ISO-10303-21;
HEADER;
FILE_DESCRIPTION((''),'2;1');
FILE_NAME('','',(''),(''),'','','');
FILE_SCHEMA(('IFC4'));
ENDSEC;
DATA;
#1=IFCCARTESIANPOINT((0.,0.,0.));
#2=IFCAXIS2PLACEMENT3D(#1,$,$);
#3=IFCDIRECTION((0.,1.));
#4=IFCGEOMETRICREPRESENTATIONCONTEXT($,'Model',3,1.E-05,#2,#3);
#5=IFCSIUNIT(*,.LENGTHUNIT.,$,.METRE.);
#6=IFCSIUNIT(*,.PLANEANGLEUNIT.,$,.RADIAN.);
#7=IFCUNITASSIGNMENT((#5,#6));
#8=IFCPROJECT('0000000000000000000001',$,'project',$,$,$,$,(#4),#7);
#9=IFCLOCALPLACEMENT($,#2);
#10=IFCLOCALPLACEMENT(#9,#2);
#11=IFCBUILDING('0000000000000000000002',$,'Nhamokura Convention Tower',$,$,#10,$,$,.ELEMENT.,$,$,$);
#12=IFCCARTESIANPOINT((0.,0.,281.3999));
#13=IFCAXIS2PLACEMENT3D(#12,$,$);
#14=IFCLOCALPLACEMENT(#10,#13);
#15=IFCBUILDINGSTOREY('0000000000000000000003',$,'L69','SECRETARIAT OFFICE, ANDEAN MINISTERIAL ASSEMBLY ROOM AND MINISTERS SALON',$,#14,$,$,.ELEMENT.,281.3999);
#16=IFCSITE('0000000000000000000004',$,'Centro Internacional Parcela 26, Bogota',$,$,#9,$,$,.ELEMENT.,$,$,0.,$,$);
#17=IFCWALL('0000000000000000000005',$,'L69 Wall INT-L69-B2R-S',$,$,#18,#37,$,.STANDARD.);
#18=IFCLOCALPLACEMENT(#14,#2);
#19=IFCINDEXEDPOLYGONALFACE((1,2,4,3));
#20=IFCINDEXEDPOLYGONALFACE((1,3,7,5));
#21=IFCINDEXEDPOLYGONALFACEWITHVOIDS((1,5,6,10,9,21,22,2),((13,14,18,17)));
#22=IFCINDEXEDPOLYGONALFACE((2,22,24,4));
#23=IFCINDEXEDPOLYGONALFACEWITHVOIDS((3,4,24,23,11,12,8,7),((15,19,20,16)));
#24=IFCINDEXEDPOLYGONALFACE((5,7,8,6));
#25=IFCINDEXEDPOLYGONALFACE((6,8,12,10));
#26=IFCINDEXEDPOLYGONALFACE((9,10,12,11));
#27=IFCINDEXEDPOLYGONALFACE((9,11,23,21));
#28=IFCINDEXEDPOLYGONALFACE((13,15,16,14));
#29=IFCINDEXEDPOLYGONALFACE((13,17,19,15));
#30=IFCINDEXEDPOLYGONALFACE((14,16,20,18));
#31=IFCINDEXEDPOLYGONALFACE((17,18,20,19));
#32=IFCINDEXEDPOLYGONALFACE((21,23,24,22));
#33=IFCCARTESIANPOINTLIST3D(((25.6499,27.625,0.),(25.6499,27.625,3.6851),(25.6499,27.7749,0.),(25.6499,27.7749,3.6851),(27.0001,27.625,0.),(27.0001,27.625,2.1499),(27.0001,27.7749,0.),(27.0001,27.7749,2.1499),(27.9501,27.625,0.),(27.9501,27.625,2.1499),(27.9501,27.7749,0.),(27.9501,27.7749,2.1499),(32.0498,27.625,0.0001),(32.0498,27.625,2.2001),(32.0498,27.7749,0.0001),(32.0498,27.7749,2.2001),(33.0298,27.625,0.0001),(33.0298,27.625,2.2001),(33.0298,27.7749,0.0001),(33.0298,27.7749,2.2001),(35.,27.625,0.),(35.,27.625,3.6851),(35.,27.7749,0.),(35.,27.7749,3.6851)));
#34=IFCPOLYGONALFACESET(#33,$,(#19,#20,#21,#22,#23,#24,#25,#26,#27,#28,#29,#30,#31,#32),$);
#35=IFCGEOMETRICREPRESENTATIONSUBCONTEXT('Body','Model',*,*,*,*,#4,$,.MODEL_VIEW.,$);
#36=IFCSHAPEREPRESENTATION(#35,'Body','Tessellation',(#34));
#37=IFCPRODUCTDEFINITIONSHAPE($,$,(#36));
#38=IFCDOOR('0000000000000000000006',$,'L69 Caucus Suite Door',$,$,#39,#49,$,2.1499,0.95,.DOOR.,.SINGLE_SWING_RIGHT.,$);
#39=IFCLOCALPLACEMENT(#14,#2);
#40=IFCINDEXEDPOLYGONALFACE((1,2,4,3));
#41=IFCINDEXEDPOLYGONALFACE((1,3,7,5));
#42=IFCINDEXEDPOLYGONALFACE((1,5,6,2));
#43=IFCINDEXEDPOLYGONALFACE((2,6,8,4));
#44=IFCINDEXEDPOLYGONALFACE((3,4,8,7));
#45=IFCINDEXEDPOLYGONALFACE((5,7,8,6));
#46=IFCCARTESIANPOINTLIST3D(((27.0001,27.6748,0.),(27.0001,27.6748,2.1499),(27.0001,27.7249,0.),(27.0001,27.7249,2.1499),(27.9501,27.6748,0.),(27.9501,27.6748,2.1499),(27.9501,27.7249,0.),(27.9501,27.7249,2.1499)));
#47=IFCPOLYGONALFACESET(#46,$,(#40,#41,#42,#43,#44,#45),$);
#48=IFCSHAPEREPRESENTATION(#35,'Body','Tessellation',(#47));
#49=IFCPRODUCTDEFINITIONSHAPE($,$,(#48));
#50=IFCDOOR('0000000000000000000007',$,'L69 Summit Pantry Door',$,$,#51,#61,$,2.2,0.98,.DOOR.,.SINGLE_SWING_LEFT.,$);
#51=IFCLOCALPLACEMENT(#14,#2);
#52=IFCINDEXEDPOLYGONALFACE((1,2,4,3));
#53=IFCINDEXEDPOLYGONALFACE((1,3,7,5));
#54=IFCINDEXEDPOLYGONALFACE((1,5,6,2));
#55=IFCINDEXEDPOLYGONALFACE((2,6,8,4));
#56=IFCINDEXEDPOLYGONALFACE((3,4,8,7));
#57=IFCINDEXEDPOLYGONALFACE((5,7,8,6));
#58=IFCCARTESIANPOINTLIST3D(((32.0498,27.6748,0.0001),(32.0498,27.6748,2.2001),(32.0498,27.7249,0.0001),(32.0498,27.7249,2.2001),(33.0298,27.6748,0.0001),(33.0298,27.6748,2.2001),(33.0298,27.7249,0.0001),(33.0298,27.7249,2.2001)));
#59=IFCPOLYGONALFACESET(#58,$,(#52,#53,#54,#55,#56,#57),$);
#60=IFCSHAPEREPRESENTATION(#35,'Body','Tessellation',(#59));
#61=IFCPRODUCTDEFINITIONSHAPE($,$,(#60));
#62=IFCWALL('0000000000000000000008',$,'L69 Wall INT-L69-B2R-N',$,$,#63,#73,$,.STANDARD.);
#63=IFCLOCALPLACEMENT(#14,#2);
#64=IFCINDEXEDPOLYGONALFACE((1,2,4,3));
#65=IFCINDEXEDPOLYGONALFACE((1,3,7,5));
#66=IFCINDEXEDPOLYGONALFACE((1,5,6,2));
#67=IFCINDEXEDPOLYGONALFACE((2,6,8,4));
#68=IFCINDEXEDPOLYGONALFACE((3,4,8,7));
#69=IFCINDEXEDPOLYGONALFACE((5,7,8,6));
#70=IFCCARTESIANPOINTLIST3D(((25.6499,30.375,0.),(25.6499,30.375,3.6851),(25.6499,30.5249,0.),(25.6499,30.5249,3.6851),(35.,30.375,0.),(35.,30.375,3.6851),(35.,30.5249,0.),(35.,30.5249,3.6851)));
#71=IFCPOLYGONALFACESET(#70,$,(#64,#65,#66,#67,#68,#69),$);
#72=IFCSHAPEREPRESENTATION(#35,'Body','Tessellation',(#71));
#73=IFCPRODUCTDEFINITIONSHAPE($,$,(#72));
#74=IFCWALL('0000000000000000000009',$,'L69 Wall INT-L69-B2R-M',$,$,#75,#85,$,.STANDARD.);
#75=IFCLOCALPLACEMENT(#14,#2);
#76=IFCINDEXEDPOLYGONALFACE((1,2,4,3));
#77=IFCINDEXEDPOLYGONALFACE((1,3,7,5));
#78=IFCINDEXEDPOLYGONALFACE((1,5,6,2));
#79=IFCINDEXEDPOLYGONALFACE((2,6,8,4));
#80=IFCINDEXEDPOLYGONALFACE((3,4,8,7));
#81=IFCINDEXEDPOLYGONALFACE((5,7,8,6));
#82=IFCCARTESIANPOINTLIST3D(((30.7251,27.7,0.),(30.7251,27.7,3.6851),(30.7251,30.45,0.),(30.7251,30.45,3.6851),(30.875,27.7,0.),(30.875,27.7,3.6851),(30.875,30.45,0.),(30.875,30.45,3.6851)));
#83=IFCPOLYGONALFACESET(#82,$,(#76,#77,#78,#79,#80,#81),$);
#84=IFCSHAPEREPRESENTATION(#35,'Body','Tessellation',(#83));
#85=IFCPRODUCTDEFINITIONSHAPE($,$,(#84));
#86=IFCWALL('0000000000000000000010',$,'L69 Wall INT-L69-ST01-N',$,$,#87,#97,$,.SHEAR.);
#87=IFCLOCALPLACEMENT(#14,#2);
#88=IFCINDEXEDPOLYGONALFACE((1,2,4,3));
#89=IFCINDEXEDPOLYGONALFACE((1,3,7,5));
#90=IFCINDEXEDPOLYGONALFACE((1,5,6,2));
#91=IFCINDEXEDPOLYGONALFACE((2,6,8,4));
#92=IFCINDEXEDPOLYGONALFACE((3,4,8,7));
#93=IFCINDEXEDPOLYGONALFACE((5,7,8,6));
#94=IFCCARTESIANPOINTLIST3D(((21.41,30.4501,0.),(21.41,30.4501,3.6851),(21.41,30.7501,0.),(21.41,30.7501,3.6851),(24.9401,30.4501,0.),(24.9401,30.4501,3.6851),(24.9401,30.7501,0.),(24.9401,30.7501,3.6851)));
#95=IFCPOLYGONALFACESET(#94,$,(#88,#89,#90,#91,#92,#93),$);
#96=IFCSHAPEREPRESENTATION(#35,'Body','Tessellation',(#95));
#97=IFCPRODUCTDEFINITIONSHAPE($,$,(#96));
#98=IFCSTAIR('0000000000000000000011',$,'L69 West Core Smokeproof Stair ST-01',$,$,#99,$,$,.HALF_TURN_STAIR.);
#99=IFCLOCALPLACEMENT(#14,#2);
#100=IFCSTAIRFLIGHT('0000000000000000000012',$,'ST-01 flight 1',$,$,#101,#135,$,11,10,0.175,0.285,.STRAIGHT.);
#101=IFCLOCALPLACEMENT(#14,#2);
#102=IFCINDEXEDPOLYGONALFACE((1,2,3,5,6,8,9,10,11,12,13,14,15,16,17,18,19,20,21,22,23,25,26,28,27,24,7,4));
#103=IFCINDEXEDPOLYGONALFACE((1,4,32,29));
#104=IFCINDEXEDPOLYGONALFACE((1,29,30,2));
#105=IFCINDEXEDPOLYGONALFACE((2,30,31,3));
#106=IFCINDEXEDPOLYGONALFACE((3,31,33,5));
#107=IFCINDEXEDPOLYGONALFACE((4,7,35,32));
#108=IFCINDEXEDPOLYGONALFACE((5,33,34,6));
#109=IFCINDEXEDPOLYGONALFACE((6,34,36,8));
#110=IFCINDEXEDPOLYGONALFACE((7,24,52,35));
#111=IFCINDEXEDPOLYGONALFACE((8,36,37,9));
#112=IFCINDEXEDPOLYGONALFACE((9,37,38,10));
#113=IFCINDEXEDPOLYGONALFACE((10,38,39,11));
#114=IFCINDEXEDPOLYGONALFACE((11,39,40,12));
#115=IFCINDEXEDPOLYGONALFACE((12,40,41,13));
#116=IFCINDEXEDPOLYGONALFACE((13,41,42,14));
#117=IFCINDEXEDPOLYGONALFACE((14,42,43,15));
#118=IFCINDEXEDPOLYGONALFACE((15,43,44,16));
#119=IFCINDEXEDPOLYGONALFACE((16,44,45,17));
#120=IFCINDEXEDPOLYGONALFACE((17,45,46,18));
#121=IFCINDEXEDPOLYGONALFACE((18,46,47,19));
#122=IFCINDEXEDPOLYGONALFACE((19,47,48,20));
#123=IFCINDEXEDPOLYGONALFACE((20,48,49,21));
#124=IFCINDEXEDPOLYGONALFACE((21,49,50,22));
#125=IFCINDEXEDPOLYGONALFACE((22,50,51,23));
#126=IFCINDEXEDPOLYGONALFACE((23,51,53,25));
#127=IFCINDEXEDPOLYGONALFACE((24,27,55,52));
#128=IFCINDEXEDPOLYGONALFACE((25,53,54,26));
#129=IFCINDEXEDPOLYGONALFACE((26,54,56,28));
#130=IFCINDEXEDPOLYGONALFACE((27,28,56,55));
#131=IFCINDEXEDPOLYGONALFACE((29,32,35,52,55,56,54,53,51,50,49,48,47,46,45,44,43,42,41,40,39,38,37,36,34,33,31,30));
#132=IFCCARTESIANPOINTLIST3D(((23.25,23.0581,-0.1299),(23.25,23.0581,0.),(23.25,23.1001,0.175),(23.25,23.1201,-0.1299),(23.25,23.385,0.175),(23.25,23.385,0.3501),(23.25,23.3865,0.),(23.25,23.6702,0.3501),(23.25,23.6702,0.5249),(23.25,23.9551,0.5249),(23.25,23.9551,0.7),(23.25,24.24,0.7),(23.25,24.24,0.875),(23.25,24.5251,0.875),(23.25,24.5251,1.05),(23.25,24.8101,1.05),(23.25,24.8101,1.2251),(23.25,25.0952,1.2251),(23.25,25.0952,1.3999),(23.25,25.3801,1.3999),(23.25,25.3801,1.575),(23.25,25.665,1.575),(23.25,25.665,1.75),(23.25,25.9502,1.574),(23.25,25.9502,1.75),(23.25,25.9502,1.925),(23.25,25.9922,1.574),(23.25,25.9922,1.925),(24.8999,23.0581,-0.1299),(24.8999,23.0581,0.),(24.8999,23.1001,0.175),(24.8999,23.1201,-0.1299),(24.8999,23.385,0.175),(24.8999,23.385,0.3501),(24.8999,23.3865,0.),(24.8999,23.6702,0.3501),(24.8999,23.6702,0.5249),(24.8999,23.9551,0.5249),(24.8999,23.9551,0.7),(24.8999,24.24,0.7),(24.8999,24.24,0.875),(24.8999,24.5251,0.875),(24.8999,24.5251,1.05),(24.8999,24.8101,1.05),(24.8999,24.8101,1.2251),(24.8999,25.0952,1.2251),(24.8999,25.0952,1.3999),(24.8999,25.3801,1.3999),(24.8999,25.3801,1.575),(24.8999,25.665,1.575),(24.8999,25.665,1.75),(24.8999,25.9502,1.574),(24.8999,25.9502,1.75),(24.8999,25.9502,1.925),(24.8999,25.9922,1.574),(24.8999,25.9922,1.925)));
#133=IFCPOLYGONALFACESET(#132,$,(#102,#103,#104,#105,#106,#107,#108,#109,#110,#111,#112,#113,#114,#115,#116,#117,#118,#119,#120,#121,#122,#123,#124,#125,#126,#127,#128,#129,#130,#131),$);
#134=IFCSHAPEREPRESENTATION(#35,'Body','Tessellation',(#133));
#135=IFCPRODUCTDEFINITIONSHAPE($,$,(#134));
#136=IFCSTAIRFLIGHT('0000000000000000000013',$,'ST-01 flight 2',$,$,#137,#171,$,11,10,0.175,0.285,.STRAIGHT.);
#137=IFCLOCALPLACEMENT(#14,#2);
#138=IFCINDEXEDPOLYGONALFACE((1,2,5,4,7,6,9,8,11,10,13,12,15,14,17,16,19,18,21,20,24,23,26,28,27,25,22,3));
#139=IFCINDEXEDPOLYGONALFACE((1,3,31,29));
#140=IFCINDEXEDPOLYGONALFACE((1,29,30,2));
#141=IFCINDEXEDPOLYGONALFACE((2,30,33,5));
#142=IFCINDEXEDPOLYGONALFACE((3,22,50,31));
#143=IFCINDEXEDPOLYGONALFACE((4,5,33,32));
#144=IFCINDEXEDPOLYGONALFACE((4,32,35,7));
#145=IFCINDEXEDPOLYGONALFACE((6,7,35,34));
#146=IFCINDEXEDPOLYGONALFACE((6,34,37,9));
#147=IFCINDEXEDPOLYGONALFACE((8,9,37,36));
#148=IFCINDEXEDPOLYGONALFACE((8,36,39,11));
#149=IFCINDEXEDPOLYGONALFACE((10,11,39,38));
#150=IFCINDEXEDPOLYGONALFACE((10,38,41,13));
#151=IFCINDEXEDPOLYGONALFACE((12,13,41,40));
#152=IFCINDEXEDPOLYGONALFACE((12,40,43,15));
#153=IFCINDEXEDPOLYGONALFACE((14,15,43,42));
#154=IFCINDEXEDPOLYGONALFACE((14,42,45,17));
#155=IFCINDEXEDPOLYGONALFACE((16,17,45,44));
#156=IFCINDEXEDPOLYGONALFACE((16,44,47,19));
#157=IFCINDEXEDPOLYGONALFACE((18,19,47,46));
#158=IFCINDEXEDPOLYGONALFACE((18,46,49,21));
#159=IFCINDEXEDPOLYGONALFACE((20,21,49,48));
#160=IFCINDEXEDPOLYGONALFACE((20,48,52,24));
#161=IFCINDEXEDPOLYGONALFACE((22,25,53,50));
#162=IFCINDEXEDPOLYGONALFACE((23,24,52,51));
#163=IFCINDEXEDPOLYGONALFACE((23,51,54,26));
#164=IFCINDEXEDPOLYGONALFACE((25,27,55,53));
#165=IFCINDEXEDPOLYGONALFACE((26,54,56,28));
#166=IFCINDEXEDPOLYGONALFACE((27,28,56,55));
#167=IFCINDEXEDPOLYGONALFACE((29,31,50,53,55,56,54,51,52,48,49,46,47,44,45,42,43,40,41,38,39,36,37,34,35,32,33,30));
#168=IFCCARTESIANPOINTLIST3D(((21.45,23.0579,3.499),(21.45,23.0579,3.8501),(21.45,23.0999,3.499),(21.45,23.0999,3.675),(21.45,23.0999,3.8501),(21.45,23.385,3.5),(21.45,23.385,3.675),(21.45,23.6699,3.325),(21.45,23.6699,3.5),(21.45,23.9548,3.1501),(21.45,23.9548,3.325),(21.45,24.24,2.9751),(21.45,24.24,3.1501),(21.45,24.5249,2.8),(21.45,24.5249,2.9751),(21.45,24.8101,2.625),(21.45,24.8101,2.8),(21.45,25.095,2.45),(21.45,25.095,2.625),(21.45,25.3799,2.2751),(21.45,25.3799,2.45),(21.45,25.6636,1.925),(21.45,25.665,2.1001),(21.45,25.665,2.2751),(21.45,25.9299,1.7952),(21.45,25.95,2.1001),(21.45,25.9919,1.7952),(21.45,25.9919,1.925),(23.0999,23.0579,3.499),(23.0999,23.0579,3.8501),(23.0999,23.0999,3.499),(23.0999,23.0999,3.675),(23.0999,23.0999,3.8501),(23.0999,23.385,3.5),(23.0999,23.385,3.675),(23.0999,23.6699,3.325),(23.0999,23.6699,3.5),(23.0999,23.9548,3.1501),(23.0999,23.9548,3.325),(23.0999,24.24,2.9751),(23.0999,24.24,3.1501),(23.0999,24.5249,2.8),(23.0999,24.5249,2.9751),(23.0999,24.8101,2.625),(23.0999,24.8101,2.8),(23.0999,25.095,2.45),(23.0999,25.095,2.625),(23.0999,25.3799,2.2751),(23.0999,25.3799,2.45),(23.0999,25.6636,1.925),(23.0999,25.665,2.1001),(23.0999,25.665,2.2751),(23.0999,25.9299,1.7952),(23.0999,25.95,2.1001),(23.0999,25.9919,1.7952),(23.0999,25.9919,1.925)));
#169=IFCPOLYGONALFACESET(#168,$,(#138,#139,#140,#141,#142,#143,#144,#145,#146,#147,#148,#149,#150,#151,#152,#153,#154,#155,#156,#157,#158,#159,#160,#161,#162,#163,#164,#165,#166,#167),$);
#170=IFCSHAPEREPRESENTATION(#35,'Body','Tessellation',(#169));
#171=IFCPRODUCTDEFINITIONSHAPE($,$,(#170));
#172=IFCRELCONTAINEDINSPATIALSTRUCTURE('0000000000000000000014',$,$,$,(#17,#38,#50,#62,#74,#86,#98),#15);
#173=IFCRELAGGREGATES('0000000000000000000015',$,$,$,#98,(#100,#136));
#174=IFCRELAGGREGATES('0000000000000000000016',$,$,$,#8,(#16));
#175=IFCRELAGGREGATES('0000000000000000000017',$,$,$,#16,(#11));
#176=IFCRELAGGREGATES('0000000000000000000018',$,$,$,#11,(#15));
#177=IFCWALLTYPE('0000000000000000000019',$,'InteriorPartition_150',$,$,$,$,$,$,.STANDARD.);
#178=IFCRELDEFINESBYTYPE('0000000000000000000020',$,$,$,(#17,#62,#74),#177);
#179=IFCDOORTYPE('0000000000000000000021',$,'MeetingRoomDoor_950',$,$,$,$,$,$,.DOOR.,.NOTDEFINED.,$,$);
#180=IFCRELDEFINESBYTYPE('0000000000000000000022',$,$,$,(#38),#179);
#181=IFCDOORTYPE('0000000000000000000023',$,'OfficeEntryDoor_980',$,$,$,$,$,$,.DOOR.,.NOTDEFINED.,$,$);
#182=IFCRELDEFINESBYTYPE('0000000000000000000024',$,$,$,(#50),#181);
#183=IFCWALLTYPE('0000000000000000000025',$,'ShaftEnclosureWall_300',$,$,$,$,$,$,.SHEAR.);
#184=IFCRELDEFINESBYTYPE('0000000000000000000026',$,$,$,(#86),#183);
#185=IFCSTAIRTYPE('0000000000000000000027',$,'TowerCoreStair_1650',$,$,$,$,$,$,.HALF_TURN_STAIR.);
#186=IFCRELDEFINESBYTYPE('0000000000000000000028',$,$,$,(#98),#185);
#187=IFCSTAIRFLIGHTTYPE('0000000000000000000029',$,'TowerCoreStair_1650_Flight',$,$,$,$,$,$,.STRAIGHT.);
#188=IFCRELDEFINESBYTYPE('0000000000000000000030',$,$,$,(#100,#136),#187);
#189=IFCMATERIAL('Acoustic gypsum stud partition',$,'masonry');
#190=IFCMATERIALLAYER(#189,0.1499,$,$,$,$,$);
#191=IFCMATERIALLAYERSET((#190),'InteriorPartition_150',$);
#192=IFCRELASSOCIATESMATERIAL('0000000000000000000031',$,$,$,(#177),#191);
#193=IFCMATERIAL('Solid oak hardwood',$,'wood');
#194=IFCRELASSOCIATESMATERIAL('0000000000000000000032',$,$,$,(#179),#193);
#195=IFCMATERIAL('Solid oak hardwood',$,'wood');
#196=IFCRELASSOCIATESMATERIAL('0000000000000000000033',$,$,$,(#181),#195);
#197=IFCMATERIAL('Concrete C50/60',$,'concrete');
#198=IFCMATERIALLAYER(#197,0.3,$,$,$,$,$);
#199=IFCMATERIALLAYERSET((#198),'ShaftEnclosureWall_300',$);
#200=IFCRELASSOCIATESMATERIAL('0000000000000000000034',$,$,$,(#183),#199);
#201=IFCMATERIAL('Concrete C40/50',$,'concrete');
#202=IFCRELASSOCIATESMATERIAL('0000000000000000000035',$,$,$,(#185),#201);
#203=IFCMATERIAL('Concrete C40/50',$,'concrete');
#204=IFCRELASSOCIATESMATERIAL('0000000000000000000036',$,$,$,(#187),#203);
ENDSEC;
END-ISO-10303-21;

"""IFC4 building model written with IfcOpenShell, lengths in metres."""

from ifc_helpers import new_model, si_unit, direction, frame, frame_2d, origin, place, context, subcontext, project, spatial, polyline, rectangle, outline, extrude, material, layer, layer_set, type_object, element, fill, aggregate, save


model = new_model("IFC4")

# Units and contexts
model_context = context("Model", 3, precision=1e-05, world=origin(), true_north=direction((0.0, 1.0)))
body_context = subcontext(model_context, "Body", "Model", "MODEL_VIEW")
ifc_project = project(units=[si_unit("LENGTHUNIT", "METRE"), si_unit("PLANEANGLEUNIT", "RADIAN")], contexts=[model_context])

# Site, building, storey
site_placement = place(None, origin())
site = spatial("IfcSite", under=ifc_project, at=site_placement, Name="Centro Internacional Parcela 26, Bogota", CompositionType="ELEMENT", RefElevation=0.0)
building_placement = place(site_placement, origin())
building = spatial("IfcBuilding", under=site, at=building_placement, Name="Nhamokura Convention Tower", CompositionType="ELEMENT")
storey_placement = place(building_placement, frame((0.0, 0.0, 281.3999)))
storey = spatial("IfcBuildingStorey", under=building, at=storey_placement, Name="L69", Description="SECRETARIAT OFFICE, ANDEAN MINISTERIAL ASSEMBLY ROOM AND MINISTERS SALON", CompositionType="ELEMENT", Elevation=281.3999)

# Shared definitions
ifc_material_1 = material(Name="Acoustic gypsum stud partition", Category="masonry")
ifc_layer_1 = layer(ifc_material_1, 0.1499)
ifc_layer_set_1 = layer_set([ifc_layer_1], Name="InteriorPartition_150")
wall_type_1 = type_object("IfcWallType", Name="InteriorPartition_150", PredefinedType="STANDARD", material=ifc_layer_set_1)
ifc_material_2 = material(Name="Solid oak hardwood", Category="wood")
door_type_1 = type_object("IfcDoorType", Name="MeetingRoomDoor_950", OperationType="NOTDEFINED", PredefinedType="DOOR", material=ifc_material_2)

# Wall, openings, doors
wall_1_placement = place(storey_placement, frame((25.6499, 27.7, 0.0), z_axis=(0.0, 0.0, 1.0), x_axis=(1.0, 0.0, 0.0)))
wall_1 = element("IfcWall", 1, at=wall_1_placement, inside=storey, type_object=wall_type_1, Name="L69 Wall INT-L69-B2R-S", PredefinedType="STANDARD", context=body_context, shape_type="SweptSolid", body=[
    extrude(rectangle(XDim=9.3501, YDim=0.1499, at=frame_2d((4.675, 0.0))), origin(), (0.0, 0.0, 1.0), 3.6851),
])
opening_1_placement = place(wall_1_placement, frame((1.3501, 0.0, 0.0)))
opening_1 = element("IfcOpeningElement", 2, at=opening_1_placement, cuts=wall_1, PredefinedType="OPENING", context=body_context, shape_type="SweptSolid", body=[
    extrude(rectangle(XDim=0.95, YDim=2.1499, at=frame_2d((0.4751, 1.075))), frame((0.0, 0.085, 0.0), z_axis=(0.0, -1.0, 0.0), x_axis=(1.0, 0.0, 0.0)), (0.0, 0.0, 1.0), 0.1699),
])
opening_2_placement = place(wall_1_placement, frame((6.3999, 0.0, 0.0)))
opening_2 = element("IfcOpeningElement", 3, at=opening_2_placement, cuts=wall_1, PredefinedType="OPENING", context=body_context, shape_type="SweptSolid", body=[
    extrude(rectangle(XDim=0.98, YDim=2.2, at=frame_2d((0.49, 1.1001))), frame((0.0, 0.085, 0.0), z_axis=(0.0, -1.0, 0.0), x_axis=(1.0, 0.0, 0.0)), (0.0, 0.0, 1.0), 0.1699),
])
door_1_placement = place(opening_1_placement, origin())
door_1 = element("IfcDoor", 4, at=door_1_placement, inside=storey, type_object=door_type_1, Name="L69 Caucus Suite Door", OperationType="SINGLE_SWING_RIGHT", OverallHeight=2.1499, OverallWidth=0.95, PredefinedType="DOOR", context=body_context, shape_type="SweptSolid", body=[
    extrude(rectangle(XDim=0.95, YDim=2.1499, at=frame_2d((0.4751, 1.075))), frame((0.0, 0.0249, 0.0), z_axis=(0.0, -1.0, 0.0), x_axis=(1.0, 0.0, 0.0)), (0.0, 0.0, 1.0), 0.05),
])
fill(opening_1, door_1)
ifc_material_3 = material(Name="Solid oak hardwood", Category="wood")
door_type_2 = type_object("IfcDoorType", Name="OfficeEntryDoor_980", OperationType="NOTDEFINED", PredefinedType="DOOR", material=ifc_material_3)
door_2_placement = place(opening_2_placement, origin())
door_2 = element("IfcDoor", 5, at=door_2_placement, inside=storey, type_object=door_type_2, Name="L69 Summit Pantry Door", OperationType="SINGLE_SWING_LEFT", OverallHeight=2.2, OverallWidth=0.98, PredefinedType="DOOR", context=body_context, shape_type="SweptSolid", body=[
    extrude(rectangle(XDim=0.98, YDim=2.2, at=frame_2d((0.49, 1.1001))), frame((0.0, 0.0249, 0.0), z_axis=(0.0, -1.0, 0.0), x_axis=(1.0, 0.0, 0.0)), (0.0, 0.0, 1.0), 0.05),
])
fill(opening_2, door_2)

# Walls
wall_2_placement = place(storey_placement, frame((25.6499, 30.45, 0.0), z_axis=(0.0, 0.0, 1.0), x_axis=(1.0, 0.0, 0.0)))
element("IfcWall", 6, at=wall_2_placement, inside=storey, type_object=wall_type_1, Name="L69 Wall INT-L69-B2R-N", PredefinedType="STANDARD", context=body_context, shape_type="SweptSolid", body=[
    extrude(rectangle(XDim=9.3501, YDim=0.1499, at=frame_2d((4.675, 0.0))), origin(), (0.0, 0.0, 1.0), 3.6851),
])
wall_3_placement = place(storey_placement, frame((30.8, 27.7, 0.0), z_axis=(0.0, 0.0, 1.0), x_axis=(0.0, 1.0, 0.0)))
element("IfcWall", 7, at=wall_3_placement, inside=storey, type_object=wall_type_1, Name="L69 Wall INT-L69-B2R-M", PredefinedType="STANDARD", context=body_context, shape_type="SweptSolid", body=[
    extrude(rectangle(XDim=2.75, YDim=0.1499, at=frame_2d((1.375, 0.0))), origin(), (0.0, 0.0, 1.0), 3.6851),
])
ifc_material_4 = material(Name="Concrete C50/60", Category="concrete")
ifc_layer_2 = layer(ifc_material_4, 0.3)
ifc_layer_set_2 = layer_set([ifc_layer_2], Name="ShaftEnclosureWall_300")
wall_type_2 = type_object("IfcWallType", Name="ShaftEnclosureWall_300", PredefinedType="SHEAR", material=ifc_layer_set_2)
wall_4_placement = place(storey_placement, frame((21.4099, 30.6001, 0.0), z_axis=(0.0, 0.0, 1.0), x_axis=(1.0, 0.0, 0.0)))
element("IfcWall", 8, at=wall_4_placement, inside=storey, type_object=wall_type_2, Name="L69 Wall INT-L69-ST01-N", PredefinedType="SHEAR", context=body_context, shape_type="SweptSolid", body=[
    extrude(rectangle(XDim=3.53, YDim=0.3, at=frame_2d((1.7651, 0.0))), origin(), (0.0, 0.0, 1.0), 3.6851),
])

# Stair, stair flights
ifc_material_5 = material(Name="Concrete C40/50", Category="concrete")
stair_type = type_object("IfcStairType", Name="TowerCoreStair_1650", PredefinedType="HALF_TURN_STAIR", material=ifc_material_5)
stair_placement = place(storey_placement, origin())
stair = element("IfcStair", 9, at=stair_placement, inside=storey, type_object=stair_type, Name="L69 West Core Smokeproof Stair ST-01", PredefinedType="HALF_TURN_STAIR")
ifc_material_6 = material(Name="Concrete C40/50", Category="concrete")
stair_flight_type = type_object("IfcStairFlightType", Name="TowerCoreStair_1650_Flight", PredefinedType="STRAIGHT", material=ifc_material_6)
stair_flight_1_placement = place(storey_placement, frame((24.075, 23.1001, 0.0), z_axis=(0.0, 0.0, 1.0), x_axis=(0.0, 1.0, 0.0)))
stair_flight_1 = element("IfcStairFlight", 10, at=stair_flight_1_placement, type_object=stair_flight_type, Name="ST-01 flight 1", NumberOfRisers=11, NumberOfTreads=10, PredefinedType="STRAIGHT", RiserHeight=0.175, TreadLength=0.285, context=body_context, shape_type="SweptSolid", body=[
    extrude(outline(polyline([(-0.042, 0.0), (0.0, 0.175), (0.2849, 0.175), (0.2849, 0.3501), (0.5701, 0.3501), (0.5701, 0.5249), (0.855, 0.5249), (0.855, 0.7), (1.1399, 0.7), (1.1399, 0.875), (1.425, 0.875), (1.425, 1.05), (1.71, 1.05), (1.71, 1.2251), (1.9951, 1.2251), (1.9951, 1.3999), (2.28, 1.3999), (2.28, 1.575), (2.5649, 1.575), (2.5649, 1.75), (2.8501, 1.75), (2.8501, 1.925), (2.8921, 1.925), (2.8921, 1.574), (2.8501, 1.574), (0.2864, 0.0), (0.02, -0.1299), (-0.042, -0.1299), (-0.042, 0.0)])), frame((0.0, 0.825, 0.0), z_axis=(0.0, -1.0, 0.0), x_axis=(1.0, 0.0, 0.0)), (0.0, 0.0, 1.0), 1.6499),
])
stair_flight_2_placement = place(storey_placement, frame((22.2749, 25.95, 1.925), z_axis=(0.0, 0.0, 1.0), x_axis=(0.0, -1.0, 0.0)))
stair_flight_2 = element("IfcStairFlight", 11, at=stair_flight_2_placement, type_object=stair_flight_type, Name="ST-01 flight 2", NumberOfRisers=11, NumberOfTreads=10, PredefinedType="STRAIGHT", RiserHeight=0.175, TreadLength=0.285, context=body_context, shape_type="SweptSolid", body=[
    extrude(outline(polyline([(-0.042, 0.0), (0.0, 0.175), (0.2849, 0.175), (0.2849, 0.3501), (0.5701, 0.3501), (0.5701, 0.5249), (0.855, 0.5249), (0.855, 0.7), (1.1399, 0.7), (1.1399, 0.875), (1.425, 0.875), (1.425, 1.05), (1.71, 1.05), (1.71, 1.2251), (1.9951, 1.2251), (1.9951, 1.3999), (2.28, 1.3999), (2.28, 1.575), (2.5649, 1.575), (2.5649, 1.75), (2.8501, 1.75), (2.8501, 1.925), (2.8921, 1.925), (2.8921, 1.574), (2.8501, 1.574), (0.2864, 0.0), (0.02, -0.1299), (-0.042, -0.1299), (-0.042, 0.0)])), frame((0.0, 0.825, 0.0), z_axis=(0.0, -1.0, 0.0), x_axis=(1.0, 0.0, 0.0)), (0.0, 0.0, 1.0), 1.6499),
])
aggregate(stair, [stair_flight_1, stair_flight_2])

save(model, "model.ifc")
